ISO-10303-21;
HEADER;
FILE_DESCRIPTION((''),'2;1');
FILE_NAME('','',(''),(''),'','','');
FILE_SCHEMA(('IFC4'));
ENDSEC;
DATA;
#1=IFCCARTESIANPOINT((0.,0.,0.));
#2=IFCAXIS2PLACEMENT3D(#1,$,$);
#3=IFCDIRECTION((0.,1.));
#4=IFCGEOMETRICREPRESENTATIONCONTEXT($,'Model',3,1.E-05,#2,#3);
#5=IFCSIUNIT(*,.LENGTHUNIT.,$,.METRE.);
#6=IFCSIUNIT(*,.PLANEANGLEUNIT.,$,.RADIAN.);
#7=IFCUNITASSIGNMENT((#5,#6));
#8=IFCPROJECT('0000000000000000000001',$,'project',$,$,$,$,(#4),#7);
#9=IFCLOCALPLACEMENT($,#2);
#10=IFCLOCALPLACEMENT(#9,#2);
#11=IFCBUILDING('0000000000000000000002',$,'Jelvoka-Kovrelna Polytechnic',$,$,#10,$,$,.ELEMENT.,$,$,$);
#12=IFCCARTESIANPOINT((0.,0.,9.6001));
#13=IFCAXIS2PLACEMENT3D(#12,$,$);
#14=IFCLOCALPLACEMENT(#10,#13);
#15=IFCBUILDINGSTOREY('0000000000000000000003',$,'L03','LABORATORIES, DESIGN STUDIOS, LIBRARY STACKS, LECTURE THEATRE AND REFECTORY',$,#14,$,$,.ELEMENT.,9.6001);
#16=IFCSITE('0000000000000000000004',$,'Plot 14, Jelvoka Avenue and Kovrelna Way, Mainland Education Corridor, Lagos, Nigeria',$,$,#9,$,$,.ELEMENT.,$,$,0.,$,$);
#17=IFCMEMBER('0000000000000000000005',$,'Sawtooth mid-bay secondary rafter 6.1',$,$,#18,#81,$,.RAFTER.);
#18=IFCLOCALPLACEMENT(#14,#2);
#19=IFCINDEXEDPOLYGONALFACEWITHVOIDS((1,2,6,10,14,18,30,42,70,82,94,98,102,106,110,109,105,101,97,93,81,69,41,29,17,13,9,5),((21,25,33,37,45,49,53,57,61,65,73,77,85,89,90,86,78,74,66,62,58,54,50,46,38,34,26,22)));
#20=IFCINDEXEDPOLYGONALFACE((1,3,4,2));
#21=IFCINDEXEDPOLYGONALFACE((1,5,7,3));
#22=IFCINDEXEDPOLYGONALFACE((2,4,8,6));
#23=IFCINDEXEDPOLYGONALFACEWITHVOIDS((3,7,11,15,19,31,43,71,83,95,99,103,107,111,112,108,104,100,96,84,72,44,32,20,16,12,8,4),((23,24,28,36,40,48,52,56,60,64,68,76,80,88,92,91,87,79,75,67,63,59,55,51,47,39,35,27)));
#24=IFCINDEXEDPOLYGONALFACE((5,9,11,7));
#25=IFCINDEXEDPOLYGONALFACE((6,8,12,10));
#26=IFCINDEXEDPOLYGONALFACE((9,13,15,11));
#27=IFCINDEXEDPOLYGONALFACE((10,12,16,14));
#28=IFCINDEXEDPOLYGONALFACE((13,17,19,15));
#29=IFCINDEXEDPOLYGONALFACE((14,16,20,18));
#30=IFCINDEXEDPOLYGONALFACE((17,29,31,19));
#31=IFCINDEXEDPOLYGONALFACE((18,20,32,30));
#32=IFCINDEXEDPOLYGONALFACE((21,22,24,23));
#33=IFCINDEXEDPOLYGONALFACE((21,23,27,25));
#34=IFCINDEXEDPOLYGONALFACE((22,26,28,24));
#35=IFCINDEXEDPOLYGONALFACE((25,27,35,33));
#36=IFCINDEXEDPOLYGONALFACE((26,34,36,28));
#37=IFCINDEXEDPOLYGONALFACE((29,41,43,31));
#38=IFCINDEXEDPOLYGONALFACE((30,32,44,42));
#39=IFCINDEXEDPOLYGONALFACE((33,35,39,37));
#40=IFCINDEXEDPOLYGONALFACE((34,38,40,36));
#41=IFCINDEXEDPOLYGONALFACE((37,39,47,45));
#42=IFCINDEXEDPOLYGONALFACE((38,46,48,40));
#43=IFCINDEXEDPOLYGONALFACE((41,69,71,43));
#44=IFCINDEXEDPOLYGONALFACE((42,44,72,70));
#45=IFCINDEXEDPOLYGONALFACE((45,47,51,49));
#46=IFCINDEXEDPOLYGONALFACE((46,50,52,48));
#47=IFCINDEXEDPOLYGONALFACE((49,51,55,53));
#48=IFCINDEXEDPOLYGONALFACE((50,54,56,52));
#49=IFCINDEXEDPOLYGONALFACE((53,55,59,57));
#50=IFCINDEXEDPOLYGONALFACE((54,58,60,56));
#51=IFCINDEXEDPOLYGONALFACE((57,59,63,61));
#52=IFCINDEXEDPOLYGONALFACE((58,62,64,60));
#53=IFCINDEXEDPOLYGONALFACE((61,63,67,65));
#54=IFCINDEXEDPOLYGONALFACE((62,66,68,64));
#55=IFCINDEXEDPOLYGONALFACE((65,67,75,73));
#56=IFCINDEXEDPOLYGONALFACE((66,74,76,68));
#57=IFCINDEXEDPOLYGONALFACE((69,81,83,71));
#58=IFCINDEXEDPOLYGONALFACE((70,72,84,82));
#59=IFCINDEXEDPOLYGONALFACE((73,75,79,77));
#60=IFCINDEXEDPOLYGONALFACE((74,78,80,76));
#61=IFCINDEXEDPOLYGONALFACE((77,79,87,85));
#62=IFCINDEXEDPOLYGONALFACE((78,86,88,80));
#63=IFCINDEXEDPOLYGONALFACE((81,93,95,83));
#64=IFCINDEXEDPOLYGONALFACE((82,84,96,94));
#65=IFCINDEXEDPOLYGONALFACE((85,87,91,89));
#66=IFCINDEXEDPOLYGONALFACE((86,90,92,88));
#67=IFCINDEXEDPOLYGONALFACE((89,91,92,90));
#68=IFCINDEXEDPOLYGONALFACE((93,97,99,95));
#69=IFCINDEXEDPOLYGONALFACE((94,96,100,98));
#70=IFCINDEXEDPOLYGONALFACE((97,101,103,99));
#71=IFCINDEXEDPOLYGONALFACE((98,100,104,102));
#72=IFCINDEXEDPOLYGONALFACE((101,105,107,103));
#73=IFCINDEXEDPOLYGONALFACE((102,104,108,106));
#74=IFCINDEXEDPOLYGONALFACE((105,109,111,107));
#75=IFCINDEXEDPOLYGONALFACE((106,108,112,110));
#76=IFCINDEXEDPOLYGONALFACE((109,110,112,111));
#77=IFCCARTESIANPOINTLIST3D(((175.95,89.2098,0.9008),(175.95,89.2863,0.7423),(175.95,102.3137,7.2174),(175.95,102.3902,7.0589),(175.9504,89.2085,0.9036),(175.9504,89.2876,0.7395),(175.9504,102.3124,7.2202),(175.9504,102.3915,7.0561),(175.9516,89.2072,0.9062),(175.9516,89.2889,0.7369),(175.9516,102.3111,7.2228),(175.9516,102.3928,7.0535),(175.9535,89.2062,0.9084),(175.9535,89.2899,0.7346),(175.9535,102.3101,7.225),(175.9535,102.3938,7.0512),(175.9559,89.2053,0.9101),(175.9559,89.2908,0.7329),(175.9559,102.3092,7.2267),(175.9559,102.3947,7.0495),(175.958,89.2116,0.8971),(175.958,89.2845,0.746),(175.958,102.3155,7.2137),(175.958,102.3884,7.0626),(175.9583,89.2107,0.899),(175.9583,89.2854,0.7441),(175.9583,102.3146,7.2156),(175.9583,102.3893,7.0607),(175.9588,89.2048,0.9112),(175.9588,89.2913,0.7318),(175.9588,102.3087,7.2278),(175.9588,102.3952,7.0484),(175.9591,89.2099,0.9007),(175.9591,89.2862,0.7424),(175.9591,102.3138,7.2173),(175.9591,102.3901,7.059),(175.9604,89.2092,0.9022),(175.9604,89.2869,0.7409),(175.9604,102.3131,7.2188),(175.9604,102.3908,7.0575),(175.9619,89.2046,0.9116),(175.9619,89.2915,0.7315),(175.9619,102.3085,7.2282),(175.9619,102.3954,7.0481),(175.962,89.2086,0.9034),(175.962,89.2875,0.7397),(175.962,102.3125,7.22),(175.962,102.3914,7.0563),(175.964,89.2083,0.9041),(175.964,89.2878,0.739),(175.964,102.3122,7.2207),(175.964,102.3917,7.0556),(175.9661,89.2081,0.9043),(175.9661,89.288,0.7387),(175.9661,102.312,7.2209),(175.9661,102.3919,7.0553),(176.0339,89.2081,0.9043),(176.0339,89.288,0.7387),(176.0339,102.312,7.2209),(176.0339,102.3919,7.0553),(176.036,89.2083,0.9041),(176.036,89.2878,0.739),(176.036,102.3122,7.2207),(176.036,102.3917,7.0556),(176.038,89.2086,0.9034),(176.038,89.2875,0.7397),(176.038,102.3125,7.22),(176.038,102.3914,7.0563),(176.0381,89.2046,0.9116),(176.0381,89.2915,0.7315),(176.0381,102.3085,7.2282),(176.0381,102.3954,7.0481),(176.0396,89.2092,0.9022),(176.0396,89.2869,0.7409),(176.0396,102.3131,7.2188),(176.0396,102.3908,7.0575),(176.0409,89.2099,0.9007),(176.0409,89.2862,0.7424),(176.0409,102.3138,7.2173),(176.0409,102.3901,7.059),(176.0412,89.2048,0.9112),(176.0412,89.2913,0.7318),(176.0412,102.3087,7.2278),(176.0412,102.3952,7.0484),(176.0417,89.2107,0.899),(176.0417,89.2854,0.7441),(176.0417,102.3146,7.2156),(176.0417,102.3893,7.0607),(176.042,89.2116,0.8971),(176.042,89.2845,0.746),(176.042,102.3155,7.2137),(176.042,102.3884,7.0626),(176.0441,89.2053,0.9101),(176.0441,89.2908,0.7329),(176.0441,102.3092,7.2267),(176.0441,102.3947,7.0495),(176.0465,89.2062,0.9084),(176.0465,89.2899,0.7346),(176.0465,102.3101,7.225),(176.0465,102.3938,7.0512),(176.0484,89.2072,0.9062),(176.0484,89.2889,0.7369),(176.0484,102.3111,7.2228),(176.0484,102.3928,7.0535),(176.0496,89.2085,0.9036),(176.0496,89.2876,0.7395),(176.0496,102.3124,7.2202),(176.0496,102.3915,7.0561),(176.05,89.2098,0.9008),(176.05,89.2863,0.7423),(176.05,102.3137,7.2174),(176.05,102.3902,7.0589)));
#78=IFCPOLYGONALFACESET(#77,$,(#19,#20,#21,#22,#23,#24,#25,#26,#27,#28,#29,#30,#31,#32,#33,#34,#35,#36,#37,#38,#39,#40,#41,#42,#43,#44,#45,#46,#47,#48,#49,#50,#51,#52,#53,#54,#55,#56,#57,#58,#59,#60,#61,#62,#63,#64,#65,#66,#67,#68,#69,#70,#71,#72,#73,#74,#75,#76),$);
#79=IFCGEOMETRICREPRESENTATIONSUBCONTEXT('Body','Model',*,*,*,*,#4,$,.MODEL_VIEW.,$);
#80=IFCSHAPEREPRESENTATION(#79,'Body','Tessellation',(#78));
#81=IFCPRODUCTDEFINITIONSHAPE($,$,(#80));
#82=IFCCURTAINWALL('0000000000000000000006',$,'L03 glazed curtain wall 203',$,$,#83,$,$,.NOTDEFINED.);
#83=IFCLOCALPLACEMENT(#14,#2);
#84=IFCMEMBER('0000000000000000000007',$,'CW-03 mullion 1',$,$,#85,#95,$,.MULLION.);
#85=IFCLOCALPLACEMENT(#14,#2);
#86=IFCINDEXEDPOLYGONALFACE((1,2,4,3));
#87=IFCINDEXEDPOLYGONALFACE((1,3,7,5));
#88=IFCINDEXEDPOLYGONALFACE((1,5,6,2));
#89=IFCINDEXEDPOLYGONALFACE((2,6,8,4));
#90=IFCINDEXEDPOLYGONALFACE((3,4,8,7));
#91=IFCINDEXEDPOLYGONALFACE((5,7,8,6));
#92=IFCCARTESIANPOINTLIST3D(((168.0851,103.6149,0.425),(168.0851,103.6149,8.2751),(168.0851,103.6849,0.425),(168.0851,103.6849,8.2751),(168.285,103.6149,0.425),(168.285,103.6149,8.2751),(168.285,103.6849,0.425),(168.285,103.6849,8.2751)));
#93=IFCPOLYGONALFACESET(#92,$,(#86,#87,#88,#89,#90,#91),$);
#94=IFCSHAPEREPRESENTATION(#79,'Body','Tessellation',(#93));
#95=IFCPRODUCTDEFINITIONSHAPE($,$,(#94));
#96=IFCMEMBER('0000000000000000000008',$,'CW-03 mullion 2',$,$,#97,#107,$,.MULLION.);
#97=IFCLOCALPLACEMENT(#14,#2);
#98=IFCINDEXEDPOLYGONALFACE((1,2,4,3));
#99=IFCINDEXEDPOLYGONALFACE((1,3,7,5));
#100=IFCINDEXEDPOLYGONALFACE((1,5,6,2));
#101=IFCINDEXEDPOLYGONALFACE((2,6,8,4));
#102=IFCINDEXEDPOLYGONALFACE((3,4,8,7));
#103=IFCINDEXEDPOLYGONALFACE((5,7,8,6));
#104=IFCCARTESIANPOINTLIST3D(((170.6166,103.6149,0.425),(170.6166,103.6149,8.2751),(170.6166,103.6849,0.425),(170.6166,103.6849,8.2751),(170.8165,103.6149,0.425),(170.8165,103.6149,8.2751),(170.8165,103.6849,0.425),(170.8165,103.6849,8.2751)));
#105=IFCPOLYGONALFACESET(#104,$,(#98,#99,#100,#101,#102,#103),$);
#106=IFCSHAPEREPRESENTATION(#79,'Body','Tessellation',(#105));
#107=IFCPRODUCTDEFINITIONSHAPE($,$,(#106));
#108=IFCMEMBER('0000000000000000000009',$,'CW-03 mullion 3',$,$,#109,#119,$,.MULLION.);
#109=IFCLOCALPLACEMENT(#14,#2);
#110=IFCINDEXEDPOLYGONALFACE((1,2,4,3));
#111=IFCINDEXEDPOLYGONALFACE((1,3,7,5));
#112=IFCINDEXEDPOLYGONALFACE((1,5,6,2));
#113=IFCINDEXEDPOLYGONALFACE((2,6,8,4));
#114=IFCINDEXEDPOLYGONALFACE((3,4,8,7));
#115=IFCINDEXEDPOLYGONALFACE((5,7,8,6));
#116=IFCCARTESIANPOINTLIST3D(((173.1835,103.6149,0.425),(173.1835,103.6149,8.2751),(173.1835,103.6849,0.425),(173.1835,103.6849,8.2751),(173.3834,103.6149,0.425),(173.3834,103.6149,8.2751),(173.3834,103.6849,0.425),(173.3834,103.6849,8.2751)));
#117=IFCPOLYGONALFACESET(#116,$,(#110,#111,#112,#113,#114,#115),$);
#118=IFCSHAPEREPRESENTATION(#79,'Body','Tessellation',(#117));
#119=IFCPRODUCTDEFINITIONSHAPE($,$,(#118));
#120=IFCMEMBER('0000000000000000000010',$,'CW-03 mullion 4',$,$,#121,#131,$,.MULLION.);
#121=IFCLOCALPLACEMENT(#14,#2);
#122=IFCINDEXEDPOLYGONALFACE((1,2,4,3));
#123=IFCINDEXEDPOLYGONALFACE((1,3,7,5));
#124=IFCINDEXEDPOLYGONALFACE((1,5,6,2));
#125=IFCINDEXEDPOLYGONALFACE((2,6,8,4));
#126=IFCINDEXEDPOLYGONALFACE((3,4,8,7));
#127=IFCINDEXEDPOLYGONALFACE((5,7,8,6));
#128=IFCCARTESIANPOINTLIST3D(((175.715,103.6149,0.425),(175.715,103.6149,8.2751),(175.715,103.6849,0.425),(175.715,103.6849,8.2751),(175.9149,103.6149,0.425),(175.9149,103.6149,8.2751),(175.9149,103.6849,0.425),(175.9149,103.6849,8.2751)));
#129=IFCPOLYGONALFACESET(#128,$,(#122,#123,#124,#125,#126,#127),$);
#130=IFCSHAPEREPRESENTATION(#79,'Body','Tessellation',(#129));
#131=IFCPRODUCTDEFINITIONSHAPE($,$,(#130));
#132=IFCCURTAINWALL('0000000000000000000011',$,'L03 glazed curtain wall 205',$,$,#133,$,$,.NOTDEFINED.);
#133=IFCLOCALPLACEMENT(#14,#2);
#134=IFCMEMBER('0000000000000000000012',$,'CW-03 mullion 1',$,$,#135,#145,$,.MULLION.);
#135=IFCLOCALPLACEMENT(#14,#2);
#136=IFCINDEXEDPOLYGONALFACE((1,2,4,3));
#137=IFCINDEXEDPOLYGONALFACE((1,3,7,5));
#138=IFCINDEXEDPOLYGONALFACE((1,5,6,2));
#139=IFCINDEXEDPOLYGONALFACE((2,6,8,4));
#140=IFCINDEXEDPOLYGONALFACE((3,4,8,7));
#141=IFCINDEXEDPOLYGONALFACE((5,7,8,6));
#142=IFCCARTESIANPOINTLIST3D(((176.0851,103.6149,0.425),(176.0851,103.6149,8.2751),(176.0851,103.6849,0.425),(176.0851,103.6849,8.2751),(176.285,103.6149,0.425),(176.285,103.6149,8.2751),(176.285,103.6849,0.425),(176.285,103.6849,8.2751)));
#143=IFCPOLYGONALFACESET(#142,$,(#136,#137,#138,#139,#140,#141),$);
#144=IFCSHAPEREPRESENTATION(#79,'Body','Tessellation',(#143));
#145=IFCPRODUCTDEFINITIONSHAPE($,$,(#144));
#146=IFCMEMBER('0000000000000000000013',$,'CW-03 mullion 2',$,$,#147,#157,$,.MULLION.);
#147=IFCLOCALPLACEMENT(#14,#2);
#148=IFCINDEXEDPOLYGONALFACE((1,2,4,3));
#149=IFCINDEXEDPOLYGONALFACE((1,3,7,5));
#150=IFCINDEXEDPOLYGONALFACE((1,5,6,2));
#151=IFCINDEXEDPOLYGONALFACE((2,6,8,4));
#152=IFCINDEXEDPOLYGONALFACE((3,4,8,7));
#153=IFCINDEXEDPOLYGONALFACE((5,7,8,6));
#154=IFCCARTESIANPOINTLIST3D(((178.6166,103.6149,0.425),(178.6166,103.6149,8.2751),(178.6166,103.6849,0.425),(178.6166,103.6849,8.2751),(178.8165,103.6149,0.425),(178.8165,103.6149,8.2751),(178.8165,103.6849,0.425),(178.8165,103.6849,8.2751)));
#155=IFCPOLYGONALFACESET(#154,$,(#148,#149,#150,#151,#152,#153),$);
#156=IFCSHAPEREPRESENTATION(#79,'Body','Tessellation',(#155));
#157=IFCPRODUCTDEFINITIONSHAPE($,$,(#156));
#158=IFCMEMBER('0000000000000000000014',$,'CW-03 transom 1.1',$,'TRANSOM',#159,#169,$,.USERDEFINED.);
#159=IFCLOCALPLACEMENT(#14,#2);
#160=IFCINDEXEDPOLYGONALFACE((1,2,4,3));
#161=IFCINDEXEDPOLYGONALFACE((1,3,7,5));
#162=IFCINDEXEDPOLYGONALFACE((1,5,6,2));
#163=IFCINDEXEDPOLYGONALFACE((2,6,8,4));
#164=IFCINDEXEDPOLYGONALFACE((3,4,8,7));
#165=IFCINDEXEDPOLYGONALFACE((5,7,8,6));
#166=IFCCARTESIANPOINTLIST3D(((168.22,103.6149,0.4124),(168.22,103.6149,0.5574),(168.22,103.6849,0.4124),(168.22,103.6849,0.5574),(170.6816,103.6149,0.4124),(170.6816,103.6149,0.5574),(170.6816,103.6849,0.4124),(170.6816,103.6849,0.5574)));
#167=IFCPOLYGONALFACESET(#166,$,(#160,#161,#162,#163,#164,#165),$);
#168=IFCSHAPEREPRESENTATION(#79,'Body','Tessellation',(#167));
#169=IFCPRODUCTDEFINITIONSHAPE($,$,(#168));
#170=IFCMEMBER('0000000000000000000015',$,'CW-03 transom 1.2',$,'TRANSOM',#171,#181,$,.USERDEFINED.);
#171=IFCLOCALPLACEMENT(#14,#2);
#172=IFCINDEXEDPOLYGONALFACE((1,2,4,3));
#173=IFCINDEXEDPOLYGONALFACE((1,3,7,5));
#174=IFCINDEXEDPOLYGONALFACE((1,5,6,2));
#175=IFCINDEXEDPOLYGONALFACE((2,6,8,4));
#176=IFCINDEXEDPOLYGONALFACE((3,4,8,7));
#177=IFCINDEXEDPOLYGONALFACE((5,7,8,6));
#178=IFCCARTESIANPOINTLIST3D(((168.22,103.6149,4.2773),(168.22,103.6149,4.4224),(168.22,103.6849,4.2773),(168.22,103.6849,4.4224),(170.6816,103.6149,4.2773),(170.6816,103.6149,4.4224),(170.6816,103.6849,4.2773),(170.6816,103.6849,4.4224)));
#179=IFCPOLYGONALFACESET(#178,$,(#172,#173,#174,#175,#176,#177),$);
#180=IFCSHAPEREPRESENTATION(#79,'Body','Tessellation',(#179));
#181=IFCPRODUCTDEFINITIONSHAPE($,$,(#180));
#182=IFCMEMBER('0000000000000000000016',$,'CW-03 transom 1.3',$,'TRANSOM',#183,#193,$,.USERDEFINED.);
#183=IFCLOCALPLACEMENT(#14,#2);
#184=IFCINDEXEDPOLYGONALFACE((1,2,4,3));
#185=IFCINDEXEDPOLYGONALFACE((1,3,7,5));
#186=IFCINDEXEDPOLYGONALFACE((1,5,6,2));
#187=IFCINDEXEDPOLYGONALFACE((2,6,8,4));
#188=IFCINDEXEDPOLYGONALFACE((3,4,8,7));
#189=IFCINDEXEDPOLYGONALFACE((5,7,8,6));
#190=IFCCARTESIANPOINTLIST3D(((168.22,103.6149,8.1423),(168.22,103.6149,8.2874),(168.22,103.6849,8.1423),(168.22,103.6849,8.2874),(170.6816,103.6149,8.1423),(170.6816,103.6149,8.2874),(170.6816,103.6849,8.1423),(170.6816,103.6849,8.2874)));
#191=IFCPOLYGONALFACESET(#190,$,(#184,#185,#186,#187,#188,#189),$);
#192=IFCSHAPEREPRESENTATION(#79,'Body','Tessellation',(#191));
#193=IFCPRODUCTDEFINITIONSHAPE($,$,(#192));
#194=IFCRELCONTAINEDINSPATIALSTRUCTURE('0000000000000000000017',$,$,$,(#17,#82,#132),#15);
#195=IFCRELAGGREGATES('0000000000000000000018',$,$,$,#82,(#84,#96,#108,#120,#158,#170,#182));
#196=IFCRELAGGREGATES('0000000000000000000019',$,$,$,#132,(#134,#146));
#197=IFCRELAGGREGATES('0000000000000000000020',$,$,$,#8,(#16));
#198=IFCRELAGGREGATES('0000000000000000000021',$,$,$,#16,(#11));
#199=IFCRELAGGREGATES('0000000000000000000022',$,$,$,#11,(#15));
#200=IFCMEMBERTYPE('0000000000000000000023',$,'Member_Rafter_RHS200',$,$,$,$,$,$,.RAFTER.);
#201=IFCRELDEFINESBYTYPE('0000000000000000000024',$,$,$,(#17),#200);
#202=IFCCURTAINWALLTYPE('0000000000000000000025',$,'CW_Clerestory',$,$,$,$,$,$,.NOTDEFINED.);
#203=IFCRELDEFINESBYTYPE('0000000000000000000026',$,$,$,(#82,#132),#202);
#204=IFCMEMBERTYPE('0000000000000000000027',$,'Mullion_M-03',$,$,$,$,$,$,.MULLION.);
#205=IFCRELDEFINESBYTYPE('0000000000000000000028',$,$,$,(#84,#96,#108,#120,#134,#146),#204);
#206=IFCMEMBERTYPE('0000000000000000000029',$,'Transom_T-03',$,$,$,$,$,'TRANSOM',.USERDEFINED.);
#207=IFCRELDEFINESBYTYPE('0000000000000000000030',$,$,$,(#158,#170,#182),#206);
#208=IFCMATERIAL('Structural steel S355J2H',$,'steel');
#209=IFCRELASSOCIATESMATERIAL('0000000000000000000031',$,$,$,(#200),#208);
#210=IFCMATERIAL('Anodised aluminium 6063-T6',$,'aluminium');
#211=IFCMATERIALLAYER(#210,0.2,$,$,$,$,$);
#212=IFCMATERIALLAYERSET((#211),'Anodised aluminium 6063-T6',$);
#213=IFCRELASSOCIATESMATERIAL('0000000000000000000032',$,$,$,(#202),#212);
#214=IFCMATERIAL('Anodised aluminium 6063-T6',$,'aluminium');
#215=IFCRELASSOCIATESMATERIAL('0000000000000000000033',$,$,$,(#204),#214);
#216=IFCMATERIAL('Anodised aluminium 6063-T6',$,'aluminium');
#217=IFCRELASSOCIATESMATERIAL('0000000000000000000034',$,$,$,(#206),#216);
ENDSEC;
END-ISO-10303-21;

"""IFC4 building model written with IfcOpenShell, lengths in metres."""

from ifc_helpers import new_model, si_unit, direction, frame, origin, origin_2d, place, context, subcontext, project, spatial, rectangle, hollow_rectangle, extrude, material, layer, layer_set, material_profile, profile_set, type_object, element, aggregate, save


model = new_model("IFC4")

# Units and contexts
model_context = context("Model", 3, precision=1e-05, world=origin(), true_north=direction((0.0, 1.0)))
body_context = subcontext(model_context, "Body", "Model", "MODEL_VIEW")
ifc_project = project(units=[si_unit("LENGTHUNIT", "METRE"), si_unit("PLANEANGLEUNIT", "RADIAN")], contexts=[model_context])

# Site, building, storey
site_placement = place(None, origin())
site = spatial("IfcSite", under=ifc_project, at=site_placement, Name="Plot 14, Jelvoka Avenue and Kovrelna Way, Mainland Education Corridor, Lagos, Nigeria", CompositionType="ELEMENT", RefElevation=0.0)
building_placement = place(site_placement, origin())
building = spatial("IfcBuilding", under=site, at=building_placement, Name="Jelvoka-Kovrelna Polytechnic", CompositionType="ELEMENT")
storey_placement = place(building_placement, frame((0.0, 0.0, 9.6001)))
storey = spatial("IfcBuildingStorey", under=building, at=storey_placement, Name="L03", Description="LABORATORIES, DESIGN STUDIOS, LIBRARY STACKS, LECTURE THEATRE AND REFECTORY", CompositionType="ELEMENT", Elevation=9.6001)

# Member
ifc_material_1 = material(Name="Structural steel S355J2H", Category="steel")
ifc_material_profile_1 = material_profile(ifc_material_1, hollow_rectangle(XDim=0.1001, YDim=0.2, WallThickness=0.0081, InnerFilletRadius=0.0081, OuterFilletRadius=0.012, at=origin_2d()), Name="200x100x8.0 RHS")
ifc_profile_set_1 = profile_set([ifc_material_profile_1], Name="Structural steel S355J2H")
member_type_1 = type_object("IfcMemberType", Name="Member_Rafter_RHS200", PredefinedType="RAFTER", material=ifc_profile_set_1)
member_1_placement = place(storey_placement, frame((176.0, 89.248, 0.8215), z_axis=(0.0, 0.900805, 0.434224), x_axis=(-1.0, 0.0, 0.0)))
element("IfcMember", 1, at=member_1_placement, inside=storey, type_object=member_type_1, Name="Sawtooth mid-bay secondary rafter 6.1", PredefinedType="RAFTER", context=body_context, shape_type="SweptSolid", body=[
    extrude(hollow_rectangle(XDim=0.1001, YDim=0.2, WallThickness=0.0081, InnerFilletRadius=0.0081, OuterFilletRadius=0.012, at=origin_2d()), origin(), (0.0, 0.0, 1.0), 14.5469),
])

# Curtain walls, members
ifc_material_2 = material(Name="Anodised aluminium 6063-T6", Category="aluminium")
ifc_layer_1 = layer(ifc_material_2, 0.2)
ifc_layer_set_1 = layer_set([ifc_layer_1], Name="Anodised aluminium 6063-T6")
curtain_wall_type = type_object("IfcCurtainWallType", Name="CW_Clerestory", PredefinedType="NOTDEFINED", material=ifc_layer_set_1)
curtain_wall_1_placement = place(storey_placement, origin())
curtain_wall_1 = element("IfcCurtainWall", 2, at=curtain_wall_1_placement, inside=storey, type_object=curtain_wall_type, Name="L03 glazed curtain wall 203", PredefinedType="NOTDEFINED")
ifc_material_3 = material(Name="Anodised aluminium 6063-T6", Category="aluminium")
ifc_material_profile_2 = material_profile(ifc_material_3, rectangle(XDim=0.0701, YDim=0.2, at=origin_2d()), Name="ALU 70x200")
ifc_profile_set_2 = profile_set([ifc_material_profile_2], Name="Anodised aluminium 6063-T6")
member_type_2 = type_object("IfcMemberType", Name="Mullion_M-03", PredefinedType="MULLION", material=ifc_profile_set_2)
member_2_placement = place(storey_placement, frame((168.1851, 103.6499, 0.425), z_axis=(0.0, 0.0, 1.0), x_axis=(0.0, 1.0, 0.0)))
member_2 = element("IfcMember", 3, at=member_2_placement, type_object=member_type_2, Name="CW-03 mullion 1", PredefinedType="MULLION", context=body_context, shape_type="SweptSolid", body=[
    extrude(rectangle(XDim=0.0701, YDim=0.2, at=origin_2d()), origin(), (0.0, 0.0, 1.0), 7.8501),
])
member_3_placement = place(storey_placement, frame((170.7166, 103.6499, 0.425), z_axis=(0.0, 0.0, 1.0), x_axis=(0.0, 1.0, 0.0)))
member_3 = element("IfcMember", 4, at=member_3_placement, type_object=member_type_2, Name="CW-03 mullion 2", PredefinedType="MULLION", context=body_context, shape_type="SweptSolid", body=[
    extrude(rectangle(XDim=0.0701, YDim=0.2, at=origin_2d()), origin(), (0.0, 0.0, 1.0), 7.8501),
])
member_4_placement = place(storey_placement, frame((173.2834, 103.6499, 0.425), z_axis=(0.0, 0.0, 1.0), x_axis=(0.0, 1.0, 0.0)))
member_4 = element("IfcMember", 5, at=member_4_placement, type_object=member_type_2, Name="CW-03 mullion 3", PredefinedType="MULLION", context=body_context, shape_type="SweptSolid", body=[
    extrude(rectangle(XDim=0.0701, YDim=0.2, at=origin_2d()), origin(), (0.0, 0.0, 1.0), 7.8501),
])
member_5_placement = place(storey_placement, frame((175.8149, 103.6499, 0.425), z_axis=(0.0, 0.0, 1.0), x_axis=(0.0, 1.0, 0.0)))
member_5 = element("IfcMember", 6, at=member_5_placement, type_object=member_type_2, Name="CW-03 mullion 4", PredefinedType="MULLION", context=body_context, shape_type="SweptSolid", body=[
    extrude(rectangle(XDim=0.0701, YDim=0.2, at=origin_2d()), origin(), (0.0, 0.0, 1.0), 7.8501),
])
curtain_wall_2_placement = place(storey_placement, origin())
curtain_wall_2 = element("IfcCurtainWall", 7, at=curtain_wall_2_placement, inside=storey, type_object=curtain_wall_type, Name="L03 glazed curtain wall 205", PredefinedType="NOTDEFINED")
member_6_placement = place(storey_placement, frame((176.1851, 103.6499, 0.425), z_axis=(0.0, 0.0, 1.0), x_axis=(0.0, 1.0, 0.0)))
member_6 = element("IfcMember", 8, at=member_6_placement, type_object=member_type_2, Name="CW-03 mullion 1", PredefinedType="MULLION", context=body_context, shape_type="SweptSolid", body=[
    extrude(rectangle(XDim=0.0701, YDim=0.2, at=origin_2d()), origin(), (0.0, 0.0, 1.0), 7.8501),
])
member_7_placement = place(storey_placement, frame((178.7166, 103.6499, 0.425), z_axis=(0.0, 0.0, 1.0), x_axis=(0.0, 1.0, 0.0)))
member_7 = element("IfcMember", 9, at=member_7_placement, type_object=member_type_2, Name="CW-03 mullion 2", PredefinedType="MULLION", context=body_context, shape_type="SweptSolid", body=[
    extrude(rectangle(XDim=0.0701, YDim=0.2, at=origin_2d()), origin(), (0.0, 0.0, 1.0), 7.8501),
])

# Members
ifc_material_4 = material(Name="Anodised aluminium 6063-T6", Category="aluminium")
ifc_material_profile_3 = material_profile(ifc_material_4, rectangle(XDim=0.0701, YDim=0.145, at=origin_2d()), Name="ALU 70x145")
ifc_profile_set_3 = profile_set([ifc_material_profile_3], Name="Anodised aluminium 6063-T6")
member_type_3 = type_object("IfcMemberType", Name="Transom_T-03", ElementType="TRANSOM", PredefinedType="USERDEFINED", material=ifc_profile_set_3)
member_8_placement = place(storey_placement, frame((168.22, 103.6499, 0.4849), z_axis=(1.0, 0.0, 0.0), x_axis=(0.0, 1.0, 0.0)))
member_8 = element("IfcMember", 10, at=member_8_placement, type_object=member_type_3, Name="CW-03 transom 1.1", ObjectType="TRANSOM", PredefinedType="USERDEFINED", context=body_context, shape_type="SweptSolid", body=[
    extrude(rectangle(XDim=0.0701, YDim=0.145, at=origin_2d()), origin(), (0.0, 0.0, 1.0), 2.4617),
])
member_9_placement = place(storey_placement, frame((168.22, 103.6499, 4.3499), z_axis=(1.0, 0.0, 0.0), x_axis=(0.0, 1.0, 0.0)))
member_9 = element("IfcMember", 11, at=member_9_placement, type_object=member_type_3, Name="CW-03 transom 1.2", ObjectType="TRANSOM", PredefinedType="USERDEFINED", context=body_context, shape_type="SweptSolid", body=[
    extrude(rectangle(XDim=0.0701, YDim=0.145, at=origin_2d()), origin(), (0.0, 0.0, 1.0), 2.4617),
])
member_10_placement = place(storey_placement, frame((168.22, 103.6499, 8.2148), z_axis=(1.0, 0.0, 0.0), x_axis=(0.0, 1.0, 0.0)))
member_10 = element("IfcMember", 12, at=member_10_placement, type_object=member_type_3, Name="CW-03 transom 1.3", ObjectType="TRANSOM", PredefinedType="USERDEFINED", context=body_context, shape_type="SweptSolid", body=[
    extrude(rectangle(XDim=0.0701, YDim=0.145, at=origin_2d()), origin(), (0.0, 0.0, 1.0), 2.4617),
])

aggregate(curtain_wall_1, [member_2, member_3, member_4, member_5, member_8, member_9, member_10])
aggregate(curtain_wall_2, [member_6, member_7])

save(model, "model.ifc")
